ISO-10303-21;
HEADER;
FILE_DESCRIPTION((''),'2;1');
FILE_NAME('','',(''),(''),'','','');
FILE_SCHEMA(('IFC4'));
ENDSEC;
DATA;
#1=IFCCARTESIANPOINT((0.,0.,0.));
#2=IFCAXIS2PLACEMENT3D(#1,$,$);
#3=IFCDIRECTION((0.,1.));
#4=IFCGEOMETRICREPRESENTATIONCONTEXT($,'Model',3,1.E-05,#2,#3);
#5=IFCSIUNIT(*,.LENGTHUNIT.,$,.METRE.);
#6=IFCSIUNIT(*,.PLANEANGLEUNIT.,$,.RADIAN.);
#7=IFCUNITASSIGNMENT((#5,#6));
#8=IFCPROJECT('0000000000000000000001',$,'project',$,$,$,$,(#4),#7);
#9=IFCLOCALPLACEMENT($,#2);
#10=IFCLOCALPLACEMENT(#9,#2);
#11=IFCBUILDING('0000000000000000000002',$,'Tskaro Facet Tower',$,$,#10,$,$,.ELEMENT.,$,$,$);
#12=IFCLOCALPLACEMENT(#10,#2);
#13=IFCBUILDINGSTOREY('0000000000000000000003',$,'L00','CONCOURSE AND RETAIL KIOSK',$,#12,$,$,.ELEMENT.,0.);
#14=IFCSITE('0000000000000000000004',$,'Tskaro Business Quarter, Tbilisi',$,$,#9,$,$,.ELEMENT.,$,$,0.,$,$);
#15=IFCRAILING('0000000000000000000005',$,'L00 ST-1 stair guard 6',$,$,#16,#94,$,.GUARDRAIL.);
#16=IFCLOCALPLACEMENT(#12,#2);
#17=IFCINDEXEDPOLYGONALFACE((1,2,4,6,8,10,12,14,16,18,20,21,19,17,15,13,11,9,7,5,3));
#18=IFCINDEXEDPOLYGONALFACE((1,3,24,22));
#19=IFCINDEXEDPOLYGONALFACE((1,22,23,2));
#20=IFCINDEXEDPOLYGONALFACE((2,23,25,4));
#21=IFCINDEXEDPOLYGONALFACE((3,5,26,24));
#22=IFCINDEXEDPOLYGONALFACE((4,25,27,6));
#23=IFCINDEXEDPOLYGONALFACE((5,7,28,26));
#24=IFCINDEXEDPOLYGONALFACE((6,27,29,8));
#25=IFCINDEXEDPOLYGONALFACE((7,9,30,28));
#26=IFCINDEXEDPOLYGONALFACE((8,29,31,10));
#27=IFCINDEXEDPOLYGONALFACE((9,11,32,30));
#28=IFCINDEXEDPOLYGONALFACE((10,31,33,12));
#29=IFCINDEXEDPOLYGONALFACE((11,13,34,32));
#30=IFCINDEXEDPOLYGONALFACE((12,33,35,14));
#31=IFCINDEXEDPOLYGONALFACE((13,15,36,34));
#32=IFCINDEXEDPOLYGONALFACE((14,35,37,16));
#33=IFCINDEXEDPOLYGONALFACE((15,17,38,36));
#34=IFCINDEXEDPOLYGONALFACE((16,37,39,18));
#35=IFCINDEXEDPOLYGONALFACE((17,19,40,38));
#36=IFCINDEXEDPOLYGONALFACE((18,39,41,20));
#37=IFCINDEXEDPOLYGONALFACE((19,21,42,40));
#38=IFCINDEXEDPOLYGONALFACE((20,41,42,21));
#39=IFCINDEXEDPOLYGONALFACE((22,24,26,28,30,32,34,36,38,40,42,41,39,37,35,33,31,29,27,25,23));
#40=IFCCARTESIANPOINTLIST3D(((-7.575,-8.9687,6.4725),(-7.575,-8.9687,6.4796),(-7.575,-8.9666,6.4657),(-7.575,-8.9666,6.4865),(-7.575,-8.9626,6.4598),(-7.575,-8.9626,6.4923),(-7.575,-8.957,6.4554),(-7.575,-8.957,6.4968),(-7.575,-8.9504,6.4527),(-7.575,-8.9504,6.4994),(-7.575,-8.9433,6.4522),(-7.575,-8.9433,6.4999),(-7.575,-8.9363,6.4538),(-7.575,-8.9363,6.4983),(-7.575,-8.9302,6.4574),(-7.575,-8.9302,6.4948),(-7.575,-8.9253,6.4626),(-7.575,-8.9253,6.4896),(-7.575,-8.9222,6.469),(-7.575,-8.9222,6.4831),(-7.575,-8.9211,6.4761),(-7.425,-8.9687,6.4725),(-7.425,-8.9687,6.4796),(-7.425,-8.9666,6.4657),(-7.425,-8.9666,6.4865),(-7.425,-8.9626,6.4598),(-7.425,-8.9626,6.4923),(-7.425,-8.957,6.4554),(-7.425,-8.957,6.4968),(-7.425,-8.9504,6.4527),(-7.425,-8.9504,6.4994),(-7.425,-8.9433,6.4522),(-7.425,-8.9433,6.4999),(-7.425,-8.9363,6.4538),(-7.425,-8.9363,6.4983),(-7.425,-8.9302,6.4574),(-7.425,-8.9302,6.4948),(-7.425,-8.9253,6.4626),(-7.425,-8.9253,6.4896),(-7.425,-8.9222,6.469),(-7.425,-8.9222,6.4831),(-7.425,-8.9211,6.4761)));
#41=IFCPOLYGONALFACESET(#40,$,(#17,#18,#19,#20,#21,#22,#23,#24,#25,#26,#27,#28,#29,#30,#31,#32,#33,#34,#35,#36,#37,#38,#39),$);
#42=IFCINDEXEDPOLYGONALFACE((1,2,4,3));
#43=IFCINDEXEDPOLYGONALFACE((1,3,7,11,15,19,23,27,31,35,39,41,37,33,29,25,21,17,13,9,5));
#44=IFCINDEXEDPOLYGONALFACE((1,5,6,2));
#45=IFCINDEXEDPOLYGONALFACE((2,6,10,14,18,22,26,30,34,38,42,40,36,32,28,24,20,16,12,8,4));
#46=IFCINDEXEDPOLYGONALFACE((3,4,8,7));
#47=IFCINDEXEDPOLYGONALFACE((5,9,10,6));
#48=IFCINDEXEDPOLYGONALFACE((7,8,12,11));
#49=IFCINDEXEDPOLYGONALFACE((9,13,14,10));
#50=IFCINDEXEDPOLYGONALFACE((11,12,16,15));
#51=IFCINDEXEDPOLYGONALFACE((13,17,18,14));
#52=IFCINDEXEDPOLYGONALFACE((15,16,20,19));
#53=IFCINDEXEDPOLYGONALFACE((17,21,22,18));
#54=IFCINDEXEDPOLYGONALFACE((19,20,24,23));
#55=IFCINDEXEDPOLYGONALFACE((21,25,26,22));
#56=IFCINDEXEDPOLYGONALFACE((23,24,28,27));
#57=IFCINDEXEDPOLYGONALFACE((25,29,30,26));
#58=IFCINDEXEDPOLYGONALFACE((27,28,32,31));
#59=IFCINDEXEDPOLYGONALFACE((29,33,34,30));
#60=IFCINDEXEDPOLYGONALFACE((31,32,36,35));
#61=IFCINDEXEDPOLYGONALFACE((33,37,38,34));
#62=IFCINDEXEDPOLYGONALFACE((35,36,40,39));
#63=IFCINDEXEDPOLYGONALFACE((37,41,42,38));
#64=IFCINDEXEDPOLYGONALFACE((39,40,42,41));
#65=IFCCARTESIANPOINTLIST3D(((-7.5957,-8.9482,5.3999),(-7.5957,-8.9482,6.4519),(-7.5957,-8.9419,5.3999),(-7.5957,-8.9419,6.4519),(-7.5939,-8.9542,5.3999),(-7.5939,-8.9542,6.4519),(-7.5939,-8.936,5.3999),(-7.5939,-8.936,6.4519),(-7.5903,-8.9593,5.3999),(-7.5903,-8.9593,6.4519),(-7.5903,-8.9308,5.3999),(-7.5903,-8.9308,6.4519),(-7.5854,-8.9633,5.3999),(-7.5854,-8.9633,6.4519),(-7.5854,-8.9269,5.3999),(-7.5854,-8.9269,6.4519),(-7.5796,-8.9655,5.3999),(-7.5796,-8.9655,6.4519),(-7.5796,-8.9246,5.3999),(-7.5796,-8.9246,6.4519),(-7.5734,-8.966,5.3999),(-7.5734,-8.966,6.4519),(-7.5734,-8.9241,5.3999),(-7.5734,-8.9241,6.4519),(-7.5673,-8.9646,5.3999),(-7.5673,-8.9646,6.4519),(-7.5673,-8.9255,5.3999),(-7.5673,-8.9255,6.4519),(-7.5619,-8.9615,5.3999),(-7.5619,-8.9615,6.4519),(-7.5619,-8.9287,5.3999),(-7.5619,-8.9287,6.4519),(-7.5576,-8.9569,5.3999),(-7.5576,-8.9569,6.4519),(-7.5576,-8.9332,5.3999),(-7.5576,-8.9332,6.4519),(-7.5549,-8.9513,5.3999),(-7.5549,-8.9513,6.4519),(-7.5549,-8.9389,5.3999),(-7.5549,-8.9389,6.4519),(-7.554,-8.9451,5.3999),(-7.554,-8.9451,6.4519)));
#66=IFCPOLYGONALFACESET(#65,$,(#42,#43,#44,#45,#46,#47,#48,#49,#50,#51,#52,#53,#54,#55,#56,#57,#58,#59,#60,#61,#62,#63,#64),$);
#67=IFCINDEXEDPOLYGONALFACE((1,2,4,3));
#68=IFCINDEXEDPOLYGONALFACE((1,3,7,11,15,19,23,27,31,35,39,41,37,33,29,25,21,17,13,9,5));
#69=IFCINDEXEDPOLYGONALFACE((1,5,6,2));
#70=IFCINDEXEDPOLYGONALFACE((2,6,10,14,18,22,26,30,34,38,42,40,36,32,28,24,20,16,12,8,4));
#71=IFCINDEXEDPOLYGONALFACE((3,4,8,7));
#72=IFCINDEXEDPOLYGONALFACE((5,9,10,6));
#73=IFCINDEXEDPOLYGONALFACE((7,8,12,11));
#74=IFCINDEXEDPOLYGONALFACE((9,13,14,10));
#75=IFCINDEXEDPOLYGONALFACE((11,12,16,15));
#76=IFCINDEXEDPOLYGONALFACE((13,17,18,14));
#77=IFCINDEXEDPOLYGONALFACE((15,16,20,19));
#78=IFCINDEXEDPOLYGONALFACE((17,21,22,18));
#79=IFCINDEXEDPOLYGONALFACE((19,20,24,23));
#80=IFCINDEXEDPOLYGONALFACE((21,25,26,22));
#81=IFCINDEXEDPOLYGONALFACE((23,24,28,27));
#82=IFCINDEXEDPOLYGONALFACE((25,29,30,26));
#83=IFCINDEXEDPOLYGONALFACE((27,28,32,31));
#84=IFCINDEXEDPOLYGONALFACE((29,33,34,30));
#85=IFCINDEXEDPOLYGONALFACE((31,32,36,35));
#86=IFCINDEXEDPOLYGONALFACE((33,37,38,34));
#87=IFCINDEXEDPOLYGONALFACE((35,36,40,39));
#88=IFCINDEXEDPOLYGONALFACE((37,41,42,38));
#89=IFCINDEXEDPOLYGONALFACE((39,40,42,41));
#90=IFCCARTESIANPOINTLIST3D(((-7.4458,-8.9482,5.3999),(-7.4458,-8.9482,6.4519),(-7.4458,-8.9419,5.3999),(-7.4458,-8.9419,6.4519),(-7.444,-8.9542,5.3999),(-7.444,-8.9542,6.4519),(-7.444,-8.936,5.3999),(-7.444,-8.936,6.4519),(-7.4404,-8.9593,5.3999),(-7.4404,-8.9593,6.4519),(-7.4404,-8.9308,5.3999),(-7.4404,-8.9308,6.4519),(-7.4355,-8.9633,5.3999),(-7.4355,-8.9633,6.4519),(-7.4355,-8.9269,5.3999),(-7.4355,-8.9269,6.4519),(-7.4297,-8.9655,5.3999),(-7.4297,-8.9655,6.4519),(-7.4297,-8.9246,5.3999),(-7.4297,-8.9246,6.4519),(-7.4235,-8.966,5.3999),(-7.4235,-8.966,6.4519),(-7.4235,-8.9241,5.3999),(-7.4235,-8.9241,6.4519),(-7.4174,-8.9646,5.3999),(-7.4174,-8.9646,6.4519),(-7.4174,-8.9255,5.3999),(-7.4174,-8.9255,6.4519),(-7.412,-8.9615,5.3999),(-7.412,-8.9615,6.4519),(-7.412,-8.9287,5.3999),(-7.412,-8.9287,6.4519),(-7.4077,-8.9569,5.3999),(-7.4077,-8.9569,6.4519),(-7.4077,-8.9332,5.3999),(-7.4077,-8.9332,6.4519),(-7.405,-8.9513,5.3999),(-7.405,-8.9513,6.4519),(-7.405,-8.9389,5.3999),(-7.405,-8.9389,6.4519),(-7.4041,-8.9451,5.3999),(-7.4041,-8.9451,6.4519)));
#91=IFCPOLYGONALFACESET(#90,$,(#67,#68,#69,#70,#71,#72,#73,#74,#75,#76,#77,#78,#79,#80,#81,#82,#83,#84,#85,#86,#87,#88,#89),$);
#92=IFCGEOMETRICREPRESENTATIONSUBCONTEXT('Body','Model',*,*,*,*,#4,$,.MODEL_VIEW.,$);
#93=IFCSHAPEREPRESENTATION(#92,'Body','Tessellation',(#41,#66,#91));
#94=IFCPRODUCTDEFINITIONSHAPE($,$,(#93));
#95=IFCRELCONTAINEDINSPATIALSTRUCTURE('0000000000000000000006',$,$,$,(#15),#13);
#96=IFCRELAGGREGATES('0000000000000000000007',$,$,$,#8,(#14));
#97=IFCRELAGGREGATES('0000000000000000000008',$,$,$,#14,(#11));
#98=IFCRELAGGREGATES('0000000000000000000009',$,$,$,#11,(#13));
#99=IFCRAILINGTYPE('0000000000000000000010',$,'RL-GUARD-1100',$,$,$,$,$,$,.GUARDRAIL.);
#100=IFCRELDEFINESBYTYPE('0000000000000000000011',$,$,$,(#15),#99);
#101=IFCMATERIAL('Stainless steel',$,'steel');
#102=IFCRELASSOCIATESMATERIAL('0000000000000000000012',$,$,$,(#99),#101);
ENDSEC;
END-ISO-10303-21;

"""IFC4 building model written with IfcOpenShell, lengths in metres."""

from ifc_helpers import new_model, si_unit, direction, frame, origin, origin_2d, place, context, subcontext, project, spatial, circle, extrude, material, type_object, element, save


model = new_model("IFC4")

# Units and contexts
model_context = context("Model", 3, precision=1e-05, world=origin(), true_north=direction((0.0, 1.0)))
body_context = subcontext(model_context, "Body", "Model", "MODEL_VIEW")
ifc_project = project(units=[si_unit("LENGTHUNIT", "METRE"), si_unit("PLANEANGLEUNIT", "RADIAN")], contexts=[model_context])

# Site, building, storey
site_placement = place(None, origin())
site = spatial("IfcSite", under=ifc_project, at=site_placement, Name="Tskaro Business Quarter, Tbilisi", CompositionType="ELEMENT", RefElevation=0.0)
building_placement = place(site_placement, origin())
building = spatial("IfcBuilding", under=site, at=building_placement, Name="Tskaro Facet Tower", CompositionType="ELEMENT")
storey_placement = place(building_placement, origin())
storey = spatial("IfcBuildingStorey", under=building, at=storey_placement, Name="L00", Description="CONCOURSE AND RETAIL KIOSK", CompositionType="ELEMENT", Elevation=0.0)

# Shared definitions
ifc_material_1 = material(Name="Stainless steel", Category="steel")

# Railing
railing_type = type_object("IfcRailingType", Name="RL-GUARD-1100", PredefinedType="GUARDRAIL", material=ifc_material_1)
railing_1_placement = place(storey_placement, frame((-7.575, -8.9451, 5.3999)))
element("IfcRailing", 1, at=railing_1_placement, inside=storey, type_object=railing_type, Name="L00 ST-1 stair guard 6", PredefinedType="GUARDRAIL", context=body_context, shape_type="SweptSolid", body=[
    extrude(circle(Radius=0.0239, at=origin_2d()), frame((0.0, 0.0, 1.0762), z_axis=(1.0, 0.0, 0.0), x_axis=(0.0, 1.0, 0.0)), (0.0, 0.0, 1.0), 0.1499),
    extrude(circle(Radius=0.021, at=origin_2d()), origin(), (0.0, 0.0, 1.0), 1.052),
    extrude(circle(Radius=0.021, at=origin_2d()), frame((0.1499, 0.0, 0.0)), (0.0, 0.0, 1.0), 1.052),
])

save(model, "model.ifc")
